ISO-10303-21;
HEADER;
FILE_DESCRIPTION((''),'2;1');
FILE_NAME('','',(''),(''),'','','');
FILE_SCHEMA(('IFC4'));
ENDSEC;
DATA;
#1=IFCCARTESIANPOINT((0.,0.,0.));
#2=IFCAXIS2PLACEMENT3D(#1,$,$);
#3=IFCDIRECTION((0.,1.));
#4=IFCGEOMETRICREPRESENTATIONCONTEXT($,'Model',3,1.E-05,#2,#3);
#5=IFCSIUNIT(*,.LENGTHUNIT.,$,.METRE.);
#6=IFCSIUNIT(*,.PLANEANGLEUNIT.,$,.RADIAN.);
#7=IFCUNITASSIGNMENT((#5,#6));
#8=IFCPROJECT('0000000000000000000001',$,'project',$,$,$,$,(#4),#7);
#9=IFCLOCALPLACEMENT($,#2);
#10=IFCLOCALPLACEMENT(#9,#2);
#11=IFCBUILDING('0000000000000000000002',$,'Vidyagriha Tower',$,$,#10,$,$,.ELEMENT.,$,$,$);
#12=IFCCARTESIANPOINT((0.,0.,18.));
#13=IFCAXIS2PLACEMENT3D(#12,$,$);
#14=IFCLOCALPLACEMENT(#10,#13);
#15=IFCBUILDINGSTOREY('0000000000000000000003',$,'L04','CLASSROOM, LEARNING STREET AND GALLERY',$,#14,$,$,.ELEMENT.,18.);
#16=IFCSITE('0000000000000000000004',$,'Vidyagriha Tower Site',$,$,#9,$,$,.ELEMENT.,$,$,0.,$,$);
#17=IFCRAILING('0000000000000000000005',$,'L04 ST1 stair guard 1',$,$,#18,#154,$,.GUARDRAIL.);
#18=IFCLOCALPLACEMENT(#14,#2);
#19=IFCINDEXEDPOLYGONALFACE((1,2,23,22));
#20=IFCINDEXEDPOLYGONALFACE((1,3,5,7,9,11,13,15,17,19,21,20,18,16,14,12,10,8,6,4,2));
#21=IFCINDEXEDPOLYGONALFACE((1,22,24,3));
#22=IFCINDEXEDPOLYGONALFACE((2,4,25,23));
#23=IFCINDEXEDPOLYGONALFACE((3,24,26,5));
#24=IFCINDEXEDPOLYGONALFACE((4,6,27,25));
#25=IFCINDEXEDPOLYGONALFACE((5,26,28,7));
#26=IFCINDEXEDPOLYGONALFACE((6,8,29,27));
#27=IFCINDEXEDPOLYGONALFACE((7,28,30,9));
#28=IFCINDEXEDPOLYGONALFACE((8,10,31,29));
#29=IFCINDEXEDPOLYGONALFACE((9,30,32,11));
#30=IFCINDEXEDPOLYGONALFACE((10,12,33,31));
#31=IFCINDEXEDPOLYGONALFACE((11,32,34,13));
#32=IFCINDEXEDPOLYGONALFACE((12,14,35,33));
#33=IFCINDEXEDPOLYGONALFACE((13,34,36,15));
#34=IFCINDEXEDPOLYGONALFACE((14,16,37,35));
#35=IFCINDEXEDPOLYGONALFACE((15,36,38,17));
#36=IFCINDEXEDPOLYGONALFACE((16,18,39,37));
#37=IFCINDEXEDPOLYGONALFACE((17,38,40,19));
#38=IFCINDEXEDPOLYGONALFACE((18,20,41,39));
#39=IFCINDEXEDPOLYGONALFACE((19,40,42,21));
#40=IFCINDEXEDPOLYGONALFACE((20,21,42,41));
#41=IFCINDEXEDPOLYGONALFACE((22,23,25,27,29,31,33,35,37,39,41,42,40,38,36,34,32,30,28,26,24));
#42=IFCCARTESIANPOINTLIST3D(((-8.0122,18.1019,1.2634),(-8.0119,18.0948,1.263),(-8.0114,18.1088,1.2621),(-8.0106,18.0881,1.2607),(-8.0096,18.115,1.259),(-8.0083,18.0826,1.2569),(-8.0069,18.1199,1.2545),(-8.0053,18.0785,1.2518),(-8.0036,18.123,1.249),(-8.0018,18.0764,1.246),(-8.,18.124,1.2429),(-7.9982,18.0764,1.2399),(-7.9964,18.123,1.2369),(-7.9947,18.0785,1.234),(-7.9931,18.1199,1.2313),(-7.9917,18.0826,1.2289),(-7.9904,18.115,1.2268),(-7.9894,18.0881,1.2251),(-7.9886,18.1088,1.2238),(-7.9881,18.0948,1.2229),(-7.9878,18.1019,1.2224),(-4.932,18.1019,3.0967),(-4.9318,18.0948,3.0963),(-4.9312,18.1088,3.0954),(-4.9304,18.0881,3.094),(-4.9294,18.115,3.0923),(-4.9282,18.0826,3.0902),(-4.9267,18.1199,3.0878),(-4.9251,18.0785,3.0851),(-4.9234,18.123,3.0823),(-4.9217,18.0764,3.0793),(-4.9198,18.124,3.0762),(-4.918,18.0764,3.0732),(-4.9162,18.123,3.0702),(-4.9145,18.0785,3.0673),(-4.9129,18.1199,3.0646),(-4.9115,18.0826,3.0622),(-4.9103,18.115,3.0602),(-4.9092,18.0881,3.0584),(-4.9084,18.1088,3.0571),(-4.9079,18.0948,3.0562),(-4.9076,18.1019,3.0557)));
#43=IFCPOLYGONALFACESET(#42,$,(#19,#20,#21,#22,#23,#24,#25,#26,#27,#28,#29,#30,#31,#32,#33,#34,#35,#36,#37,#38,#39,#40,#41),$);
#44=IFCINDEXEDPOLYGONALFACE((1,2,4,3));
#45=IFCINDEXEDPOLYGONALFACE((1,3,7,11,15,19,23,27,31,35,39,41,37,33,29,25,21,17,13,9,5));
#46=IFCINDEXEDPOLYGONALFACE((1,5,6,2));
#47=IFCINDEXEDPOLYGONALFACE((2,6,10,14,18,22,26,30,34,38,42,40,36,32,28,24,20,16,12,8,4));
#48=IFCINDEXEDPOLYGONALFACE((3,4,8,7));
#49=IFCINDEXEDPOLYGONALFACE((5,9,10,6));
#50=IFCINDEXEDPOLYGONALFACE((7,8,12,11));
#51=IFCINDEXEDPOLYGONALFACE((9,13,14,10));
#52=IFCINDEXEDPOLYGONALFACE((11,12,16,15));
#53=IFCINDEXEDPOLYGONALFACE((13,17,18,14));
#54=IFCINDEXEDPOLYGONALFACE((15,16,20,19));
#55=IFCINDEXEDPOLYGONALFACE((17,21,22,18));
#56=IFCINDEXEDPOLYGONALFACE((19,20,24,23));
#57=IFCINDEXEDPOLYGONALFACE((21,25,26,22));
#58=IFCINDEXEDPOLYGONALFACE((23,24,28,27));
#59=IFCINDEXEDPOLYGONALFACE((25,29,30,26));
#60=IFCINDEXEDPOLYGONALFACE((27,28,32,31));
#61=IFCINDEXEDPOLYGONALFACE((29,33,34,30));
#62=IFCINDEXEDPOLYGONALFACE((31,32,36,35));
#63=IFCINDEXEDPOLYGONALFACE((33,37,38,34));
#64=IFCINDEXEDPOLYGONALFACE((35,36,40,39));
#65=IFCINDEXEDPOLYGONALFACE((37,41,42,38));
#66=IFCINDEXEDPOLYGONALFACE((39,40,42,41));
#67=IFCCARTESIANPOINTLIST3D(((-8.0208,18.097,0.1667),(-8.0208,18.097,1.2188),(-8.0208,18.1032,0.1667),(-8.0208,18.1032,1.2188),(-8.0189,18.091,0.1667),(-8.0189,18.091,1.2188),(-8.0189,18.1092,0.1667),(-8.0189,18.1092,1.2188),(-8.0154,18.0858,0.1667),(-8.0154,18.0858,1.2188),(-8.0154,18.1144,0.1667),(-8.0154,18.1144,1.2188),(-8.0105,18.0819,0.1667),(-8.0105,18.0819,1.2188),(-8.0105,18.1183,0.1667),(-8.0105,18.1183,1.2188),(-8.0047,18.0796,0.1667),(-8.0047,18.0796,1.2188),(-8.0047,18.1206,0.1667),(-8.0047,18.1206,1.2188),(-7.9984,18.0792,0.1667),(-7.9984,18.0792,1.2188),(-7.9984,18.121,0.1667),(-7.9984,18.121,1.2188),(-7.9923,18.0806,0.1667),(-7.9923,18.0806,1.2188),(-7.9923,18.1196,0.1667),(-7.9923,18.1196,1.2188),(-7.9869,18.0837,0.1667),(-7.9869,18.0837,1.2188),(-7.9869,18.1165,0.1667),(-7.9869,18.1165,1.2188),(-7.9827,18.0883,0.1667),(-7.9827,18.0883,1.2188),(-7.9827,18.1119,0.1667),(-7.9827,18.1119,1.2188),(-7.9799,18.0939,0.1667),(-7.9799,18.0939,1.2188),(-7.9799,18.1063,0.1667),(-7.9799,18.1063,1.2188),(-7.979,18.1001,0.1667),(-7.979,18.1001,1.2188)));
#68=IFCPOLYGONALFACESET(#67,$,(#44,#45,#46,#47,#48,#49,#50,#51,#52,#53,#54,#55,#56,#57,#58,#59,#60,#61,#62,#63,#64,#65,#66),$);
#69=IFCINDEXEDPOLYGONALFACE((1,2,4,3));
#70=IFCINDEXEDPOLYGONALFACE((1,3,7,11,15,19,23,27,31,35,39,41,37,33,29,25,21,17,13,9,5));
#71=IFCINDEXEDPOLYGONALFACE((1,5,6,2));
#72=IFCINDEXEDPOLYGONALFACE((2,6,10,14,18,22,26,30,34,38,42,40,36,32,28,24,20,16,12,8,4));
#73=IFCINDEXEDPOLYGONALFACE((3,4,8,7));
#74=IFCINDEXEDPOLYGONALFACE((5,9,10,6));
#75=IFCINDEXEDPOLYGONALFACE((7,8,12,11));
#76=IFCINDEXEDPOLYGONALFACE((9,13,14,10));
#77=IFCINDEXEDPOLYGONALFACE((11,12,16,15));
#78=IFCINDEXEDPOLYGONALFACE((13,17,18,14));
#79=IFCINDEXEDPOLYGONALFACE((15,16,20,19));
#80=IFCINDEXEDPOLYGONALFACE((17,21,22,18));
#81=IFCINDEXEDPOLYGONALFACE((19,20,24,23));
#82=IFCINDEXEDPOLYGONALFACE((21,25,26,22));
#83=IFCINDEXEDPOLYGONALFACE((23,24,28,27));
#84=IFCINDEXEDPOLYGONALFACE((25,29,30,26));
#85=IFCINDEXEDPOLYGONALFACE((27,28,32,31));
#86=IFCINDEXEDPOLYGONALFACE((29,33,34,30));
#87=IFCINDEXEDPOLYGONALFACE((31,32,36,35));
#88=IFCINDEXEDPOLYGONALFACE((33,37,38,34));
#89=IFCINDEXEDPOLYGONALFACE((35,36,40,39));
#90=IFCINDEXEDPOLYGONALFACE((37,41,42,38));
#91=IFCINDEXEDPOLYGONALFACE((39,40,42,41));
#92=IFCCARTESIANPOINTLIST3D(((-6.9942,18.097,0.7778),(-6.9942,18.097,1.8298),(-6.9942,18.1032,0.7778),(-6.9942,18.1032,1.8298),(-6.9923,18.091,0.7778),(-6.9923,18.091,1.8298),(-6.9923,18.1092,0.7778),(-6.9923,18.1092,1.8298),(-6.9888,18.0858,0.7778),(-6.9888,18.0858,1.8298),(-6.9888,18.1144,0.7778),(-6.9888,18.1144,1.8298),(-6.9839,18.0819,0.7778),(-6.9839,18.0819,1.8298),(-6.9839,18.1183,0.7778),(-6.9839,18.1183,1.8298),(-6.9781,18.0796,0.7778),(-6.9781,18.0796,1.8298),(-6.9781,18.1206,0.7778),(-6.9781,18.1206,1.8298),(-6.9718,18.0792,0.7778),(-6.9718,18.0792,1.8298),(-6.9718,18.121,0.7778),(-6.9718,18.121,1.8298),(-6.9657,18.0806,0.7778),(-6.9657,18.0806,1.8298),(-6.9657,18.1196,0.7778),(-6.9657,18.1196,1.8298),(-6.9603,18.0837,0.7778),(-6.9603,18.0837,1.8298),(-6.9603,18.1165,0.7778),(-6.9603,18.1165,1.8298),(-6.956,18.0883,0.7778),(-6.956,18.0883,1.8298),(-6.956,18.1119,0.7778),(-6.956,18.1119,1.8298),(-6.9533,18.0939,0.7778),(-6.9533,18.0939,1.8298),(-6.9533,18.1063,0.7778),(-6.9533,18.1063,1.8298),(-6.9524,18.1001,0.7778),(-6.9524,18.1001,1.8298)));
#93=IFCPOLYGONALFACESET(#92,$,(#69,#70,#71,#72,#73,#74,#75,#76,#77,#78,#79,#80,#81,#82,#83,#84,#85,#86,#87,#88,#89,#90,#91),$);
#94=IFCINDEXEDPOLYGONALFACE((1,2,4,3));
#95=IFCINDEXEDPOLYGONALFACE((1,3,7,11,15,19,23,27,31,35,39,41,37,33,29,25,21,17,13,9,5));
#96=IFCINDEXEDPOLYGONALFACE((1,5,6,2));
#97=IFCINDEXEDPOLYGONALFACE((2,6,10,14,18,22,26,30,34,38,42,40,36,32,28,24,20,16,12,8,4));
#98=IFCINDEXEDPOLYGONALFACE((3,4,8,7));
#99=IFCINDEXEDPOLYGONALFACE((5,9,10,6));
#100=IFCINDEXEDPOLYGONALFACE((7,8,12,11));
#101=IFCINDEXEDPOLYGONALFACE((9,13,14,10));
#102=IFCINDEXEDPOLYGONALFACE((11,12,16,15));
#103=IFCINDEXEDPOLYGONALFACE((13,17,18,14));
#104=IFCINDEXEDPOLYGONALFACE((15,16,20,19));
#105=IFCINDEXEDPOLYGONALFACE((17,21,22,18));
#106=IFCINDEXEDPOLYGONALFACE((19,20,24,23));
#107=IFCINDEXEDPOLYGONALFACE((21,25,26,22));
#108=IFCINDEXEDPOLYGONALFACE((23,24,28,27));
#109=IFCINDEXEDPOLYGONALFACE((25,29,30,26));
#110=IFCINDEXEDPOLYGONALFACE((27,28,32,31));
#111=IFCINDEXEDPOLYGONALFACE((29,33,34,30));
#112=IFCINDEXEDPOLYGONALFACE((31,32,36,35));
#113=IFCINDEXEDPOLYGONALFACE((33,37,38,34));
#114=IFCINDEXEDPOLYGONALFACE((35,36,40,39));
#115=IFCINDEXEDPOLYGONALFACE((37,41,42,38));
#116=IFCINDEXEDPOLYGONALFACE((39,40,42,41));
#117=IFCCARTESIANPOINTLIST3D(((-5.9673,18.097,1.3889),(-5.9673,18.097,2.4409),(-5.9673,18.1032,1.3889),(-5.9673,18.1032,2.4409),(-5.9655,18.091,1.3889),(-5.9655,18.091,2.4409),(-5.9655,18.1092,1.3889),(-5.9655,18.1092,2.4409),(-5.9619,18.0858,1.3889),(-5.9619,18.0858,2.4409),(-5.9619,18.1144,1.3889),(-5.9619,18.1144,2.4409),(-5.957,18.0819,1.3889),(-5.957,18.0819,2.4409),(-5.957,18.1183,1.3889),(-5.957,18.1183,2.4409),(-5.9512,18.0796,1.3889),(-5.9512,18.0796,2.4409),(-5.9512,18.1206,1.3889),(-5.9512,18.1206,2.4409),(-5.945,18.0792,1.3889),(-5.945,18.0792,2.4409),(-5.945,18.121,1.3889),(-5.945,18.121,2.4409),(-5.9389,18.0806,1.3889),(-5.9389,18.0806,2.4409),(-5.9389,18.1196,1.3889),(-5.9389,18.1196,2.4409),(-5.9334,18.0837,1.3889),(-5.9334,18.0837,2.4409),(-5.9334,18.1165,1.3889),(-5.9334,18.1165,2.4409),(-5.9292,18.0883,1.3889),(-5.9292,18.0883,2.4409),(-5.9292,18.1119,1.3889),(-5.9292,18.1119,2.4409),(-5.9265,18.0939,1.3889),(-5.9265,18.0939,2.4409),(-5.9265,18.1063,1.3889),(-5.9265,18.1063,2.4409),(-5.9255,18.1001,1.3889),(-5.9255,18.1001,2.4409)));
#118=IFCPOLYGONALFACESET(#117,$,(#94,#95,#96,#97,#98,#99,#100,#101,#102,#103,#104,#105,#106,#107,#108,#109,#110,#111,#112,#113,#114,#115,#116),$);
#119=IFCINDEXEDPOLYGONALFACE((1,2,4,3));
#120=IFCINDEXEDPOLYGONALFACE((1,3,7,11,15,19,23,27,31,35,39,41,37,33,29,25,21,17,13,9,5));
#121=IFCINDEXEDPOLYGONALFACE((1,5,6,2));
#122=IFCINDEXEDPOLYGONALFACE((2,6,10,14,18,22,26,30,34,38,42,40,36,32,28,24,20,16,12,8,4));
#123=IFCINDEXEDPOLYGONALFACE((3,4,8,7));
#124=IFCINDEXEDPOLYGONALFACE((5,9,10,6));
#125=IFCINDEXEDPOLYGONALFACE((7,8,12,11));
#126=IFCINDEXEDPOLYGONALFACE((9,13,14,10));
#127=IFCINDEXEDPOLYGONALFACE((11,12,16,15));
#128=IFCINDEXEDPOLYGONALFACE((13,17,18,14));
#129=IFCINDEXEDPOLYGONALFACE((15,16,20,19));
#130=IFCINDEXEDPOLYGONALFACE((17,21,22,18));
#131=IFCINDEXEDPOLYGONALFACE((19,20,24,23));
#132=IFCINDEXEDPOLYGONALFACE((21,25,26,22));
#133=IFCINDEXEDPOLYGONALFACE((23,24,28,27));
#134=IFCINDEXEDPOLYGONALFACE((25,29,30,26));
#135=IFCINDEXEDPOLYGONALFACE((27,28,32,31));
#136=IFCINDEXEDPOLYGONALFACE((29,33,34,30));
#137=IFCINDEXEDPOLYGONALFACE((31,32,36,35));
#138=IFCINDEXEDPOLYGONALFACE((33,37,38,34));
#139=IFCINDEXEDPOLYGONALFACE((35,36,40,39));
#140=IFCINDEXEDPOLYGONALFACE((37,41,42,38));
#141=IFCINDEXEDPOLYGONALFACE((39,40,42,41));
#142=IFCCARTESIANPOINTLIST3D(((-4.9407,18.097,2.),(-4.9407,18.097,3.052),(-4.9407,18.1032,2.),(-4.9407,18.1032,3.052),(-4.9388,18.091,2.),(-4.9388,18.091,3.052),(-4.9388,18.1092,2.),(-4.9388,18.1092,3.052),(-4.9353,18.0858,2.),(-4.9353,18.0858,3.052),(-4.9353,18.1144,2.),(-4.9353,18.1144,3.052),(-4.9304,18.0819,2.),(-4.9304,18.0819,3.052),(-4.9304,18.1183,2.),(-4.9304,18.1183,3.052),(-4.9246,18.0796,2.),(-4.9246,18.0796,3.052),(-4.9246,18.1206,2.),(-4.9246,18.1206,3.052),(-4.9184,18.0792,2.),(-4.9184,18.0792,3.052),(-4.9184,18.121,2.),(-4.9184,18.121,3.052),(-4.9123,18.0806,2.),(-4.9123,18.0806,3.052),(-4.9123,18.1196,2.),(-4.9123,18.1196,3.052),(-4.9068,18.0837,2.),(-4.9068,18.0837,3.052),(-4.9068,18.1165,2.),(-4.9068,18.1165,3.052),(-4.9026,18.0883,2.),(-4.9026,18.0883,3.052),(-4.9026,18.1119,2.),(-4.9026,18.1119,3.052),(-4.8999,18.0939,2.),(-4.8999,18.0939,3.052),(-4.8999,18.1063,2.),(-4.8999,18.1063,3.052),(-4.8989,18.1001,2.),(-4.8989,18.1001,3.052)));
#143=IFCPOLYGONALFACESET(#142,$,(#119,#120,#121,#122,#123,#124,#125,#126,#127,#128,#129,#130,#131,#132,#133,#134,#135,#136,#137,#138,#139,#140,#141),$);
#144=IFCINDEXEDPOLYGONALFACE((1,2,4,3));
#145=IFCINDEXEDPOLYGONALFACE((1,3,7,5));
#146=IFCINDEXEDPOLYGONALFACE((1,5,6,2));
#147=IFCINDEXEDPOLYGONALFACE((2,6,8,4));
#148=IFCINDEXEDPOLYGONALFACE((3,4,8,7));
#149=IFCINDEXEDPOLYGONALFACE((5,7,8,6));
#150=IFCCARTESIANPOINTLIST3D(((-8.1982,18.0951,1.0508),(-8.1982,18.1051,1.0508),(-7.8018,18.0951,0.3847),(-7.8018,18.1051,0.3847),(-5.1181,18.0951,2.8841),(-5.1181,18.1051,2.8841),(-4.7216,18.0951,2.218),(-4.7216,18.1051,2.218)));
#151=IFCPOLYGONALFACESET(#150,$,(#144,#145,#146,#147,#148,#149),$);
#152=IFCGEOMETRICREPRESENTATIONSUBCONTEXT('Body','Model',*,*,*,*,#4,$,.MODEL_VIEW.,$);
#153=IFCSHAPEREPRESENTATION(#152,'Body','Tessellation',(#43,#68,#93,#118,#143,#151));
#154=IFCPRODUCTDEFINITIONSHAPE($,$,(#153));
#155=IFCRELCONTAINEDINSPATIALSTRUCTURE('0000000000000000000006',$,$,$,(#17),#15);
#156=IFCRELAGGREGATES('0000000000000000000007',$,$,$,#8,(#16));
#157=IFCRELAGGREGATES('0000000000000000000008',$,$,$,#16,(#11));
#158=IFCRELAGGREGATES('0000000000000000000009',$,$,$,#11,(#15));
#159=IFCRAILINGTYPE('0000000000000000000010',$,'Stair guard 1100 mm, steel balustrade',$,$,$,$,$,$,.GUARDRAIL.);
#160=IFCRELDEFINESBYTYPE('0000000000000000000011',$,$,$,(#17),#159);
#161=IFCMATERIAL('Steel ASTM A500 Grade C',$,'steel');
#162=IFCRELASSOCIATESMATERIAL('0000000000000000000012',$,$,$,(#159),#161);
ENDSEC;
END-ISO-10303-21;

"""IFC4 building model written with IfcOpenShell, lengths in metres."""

from ifc_helpers import new_model, si_unit, direction, frame, origin, origin_2d, place, context, subcontext, project, spatial, rectangle, circle, extrude, material, type_object, element, save


model = new_model("IFC4")

# Units and contexts
model_context = context("Model", 3, precision=1e-05, world=origin(), true_north=direction((0.0, 1.0)))
body_context = subcontext(model_context, "Body", "Model", "MODEL_VIEW")
ifc_project = project(units=[si_unit("LENGTHUNIT", "METRE"), si_unit("PLANEANGLEUNIT", "RADIAN")], contexts=[model_context])

# Site, building, storey
site_placement = place(None, origin())
site = spatial("IfcSite", under=ifc_project, at=site_placement, Name="Vidyagriha Tower Site", CompositionType="ELEMENT", RefElevation=0.0)
building_placement = place(site_placement, origin())
building = spatial("IfcBuilding", under=site, at=building_placement, Name="Vidyagriha Tower", CompositionType="ELEMENT")
storey_placement = place(building_placement, frame((0.0, 0.0, 18.0)))
storey = spatial("IfcBuildingStorey", under=building, at=storey_placement, Name="L04", Description="CLASSROOM, LEARNING STREET AND GALLERY", CompositionType="ELEMENT", Elevation=18.0)

# Railing
ifc_material_1 = material(Name="Steel ASTM A500 Grade C", Category="steel")
railing_type_1 = type_object("IfcRailingType", Name="Stair guard 1100 mm, steel balustrade", PredefinedType="GUARDRAIL", material=ifc_material_1)
railing_1_placement = place(storey_placement, frame((-8.0, 18.1001, 0.1667)))
element("IfcRailing", 1, at=railing_1_placement, inside=storey, type_object=railing_type_1, Name="L04 ST1 stair guard 1", PredefinedType="GUARDRAIL", context=body_context, shape_type="SweptSolid", body=[
    extrude(circle(Radius=0.0239, at=origin_2d()), frame((0.0, 0.0, 1.0762), z_axis=(0.859309, 0.0, 0.511458), x_axis=(0.0, 1.0, 0.0)), (0.0, 0.0, 1.0), 3.5845),
    extrude(circle(Radius=0.021, at=origin_2d()), origin(), (0.0, 0.0, 1.0), 1.052),
    extrude(circle(Radius=0.021, at=origin_2d()), frame((1.0266, 0.0, 0.6111)), (0.0, 0.0, 1.0), 1.052),
    extrude(circle(Radius=0.021, at=origin_2d()), frame((2.0535, 0.0, 1.2222)), (0.0, 0.0, 1.0), 1.052),
    extrude(circle(Radius=0.021, at=origin_2d()), frame((3.0801, 0.0, 1.8333)), (0.0, 0.0, 1.0), 1.052),
    extrude(rectangle(XDim=0.01, YDim=0.7751, at=origin_2d()), frame((0.0, 0.0, 0.551), z_axis=(0.859309, 0.0, 0.511458), x_axis=(0.0, 1.0, 0.0)), (0.0, 0.0, 1.0), 3.5845),
])

save(model, "model.ifc")
